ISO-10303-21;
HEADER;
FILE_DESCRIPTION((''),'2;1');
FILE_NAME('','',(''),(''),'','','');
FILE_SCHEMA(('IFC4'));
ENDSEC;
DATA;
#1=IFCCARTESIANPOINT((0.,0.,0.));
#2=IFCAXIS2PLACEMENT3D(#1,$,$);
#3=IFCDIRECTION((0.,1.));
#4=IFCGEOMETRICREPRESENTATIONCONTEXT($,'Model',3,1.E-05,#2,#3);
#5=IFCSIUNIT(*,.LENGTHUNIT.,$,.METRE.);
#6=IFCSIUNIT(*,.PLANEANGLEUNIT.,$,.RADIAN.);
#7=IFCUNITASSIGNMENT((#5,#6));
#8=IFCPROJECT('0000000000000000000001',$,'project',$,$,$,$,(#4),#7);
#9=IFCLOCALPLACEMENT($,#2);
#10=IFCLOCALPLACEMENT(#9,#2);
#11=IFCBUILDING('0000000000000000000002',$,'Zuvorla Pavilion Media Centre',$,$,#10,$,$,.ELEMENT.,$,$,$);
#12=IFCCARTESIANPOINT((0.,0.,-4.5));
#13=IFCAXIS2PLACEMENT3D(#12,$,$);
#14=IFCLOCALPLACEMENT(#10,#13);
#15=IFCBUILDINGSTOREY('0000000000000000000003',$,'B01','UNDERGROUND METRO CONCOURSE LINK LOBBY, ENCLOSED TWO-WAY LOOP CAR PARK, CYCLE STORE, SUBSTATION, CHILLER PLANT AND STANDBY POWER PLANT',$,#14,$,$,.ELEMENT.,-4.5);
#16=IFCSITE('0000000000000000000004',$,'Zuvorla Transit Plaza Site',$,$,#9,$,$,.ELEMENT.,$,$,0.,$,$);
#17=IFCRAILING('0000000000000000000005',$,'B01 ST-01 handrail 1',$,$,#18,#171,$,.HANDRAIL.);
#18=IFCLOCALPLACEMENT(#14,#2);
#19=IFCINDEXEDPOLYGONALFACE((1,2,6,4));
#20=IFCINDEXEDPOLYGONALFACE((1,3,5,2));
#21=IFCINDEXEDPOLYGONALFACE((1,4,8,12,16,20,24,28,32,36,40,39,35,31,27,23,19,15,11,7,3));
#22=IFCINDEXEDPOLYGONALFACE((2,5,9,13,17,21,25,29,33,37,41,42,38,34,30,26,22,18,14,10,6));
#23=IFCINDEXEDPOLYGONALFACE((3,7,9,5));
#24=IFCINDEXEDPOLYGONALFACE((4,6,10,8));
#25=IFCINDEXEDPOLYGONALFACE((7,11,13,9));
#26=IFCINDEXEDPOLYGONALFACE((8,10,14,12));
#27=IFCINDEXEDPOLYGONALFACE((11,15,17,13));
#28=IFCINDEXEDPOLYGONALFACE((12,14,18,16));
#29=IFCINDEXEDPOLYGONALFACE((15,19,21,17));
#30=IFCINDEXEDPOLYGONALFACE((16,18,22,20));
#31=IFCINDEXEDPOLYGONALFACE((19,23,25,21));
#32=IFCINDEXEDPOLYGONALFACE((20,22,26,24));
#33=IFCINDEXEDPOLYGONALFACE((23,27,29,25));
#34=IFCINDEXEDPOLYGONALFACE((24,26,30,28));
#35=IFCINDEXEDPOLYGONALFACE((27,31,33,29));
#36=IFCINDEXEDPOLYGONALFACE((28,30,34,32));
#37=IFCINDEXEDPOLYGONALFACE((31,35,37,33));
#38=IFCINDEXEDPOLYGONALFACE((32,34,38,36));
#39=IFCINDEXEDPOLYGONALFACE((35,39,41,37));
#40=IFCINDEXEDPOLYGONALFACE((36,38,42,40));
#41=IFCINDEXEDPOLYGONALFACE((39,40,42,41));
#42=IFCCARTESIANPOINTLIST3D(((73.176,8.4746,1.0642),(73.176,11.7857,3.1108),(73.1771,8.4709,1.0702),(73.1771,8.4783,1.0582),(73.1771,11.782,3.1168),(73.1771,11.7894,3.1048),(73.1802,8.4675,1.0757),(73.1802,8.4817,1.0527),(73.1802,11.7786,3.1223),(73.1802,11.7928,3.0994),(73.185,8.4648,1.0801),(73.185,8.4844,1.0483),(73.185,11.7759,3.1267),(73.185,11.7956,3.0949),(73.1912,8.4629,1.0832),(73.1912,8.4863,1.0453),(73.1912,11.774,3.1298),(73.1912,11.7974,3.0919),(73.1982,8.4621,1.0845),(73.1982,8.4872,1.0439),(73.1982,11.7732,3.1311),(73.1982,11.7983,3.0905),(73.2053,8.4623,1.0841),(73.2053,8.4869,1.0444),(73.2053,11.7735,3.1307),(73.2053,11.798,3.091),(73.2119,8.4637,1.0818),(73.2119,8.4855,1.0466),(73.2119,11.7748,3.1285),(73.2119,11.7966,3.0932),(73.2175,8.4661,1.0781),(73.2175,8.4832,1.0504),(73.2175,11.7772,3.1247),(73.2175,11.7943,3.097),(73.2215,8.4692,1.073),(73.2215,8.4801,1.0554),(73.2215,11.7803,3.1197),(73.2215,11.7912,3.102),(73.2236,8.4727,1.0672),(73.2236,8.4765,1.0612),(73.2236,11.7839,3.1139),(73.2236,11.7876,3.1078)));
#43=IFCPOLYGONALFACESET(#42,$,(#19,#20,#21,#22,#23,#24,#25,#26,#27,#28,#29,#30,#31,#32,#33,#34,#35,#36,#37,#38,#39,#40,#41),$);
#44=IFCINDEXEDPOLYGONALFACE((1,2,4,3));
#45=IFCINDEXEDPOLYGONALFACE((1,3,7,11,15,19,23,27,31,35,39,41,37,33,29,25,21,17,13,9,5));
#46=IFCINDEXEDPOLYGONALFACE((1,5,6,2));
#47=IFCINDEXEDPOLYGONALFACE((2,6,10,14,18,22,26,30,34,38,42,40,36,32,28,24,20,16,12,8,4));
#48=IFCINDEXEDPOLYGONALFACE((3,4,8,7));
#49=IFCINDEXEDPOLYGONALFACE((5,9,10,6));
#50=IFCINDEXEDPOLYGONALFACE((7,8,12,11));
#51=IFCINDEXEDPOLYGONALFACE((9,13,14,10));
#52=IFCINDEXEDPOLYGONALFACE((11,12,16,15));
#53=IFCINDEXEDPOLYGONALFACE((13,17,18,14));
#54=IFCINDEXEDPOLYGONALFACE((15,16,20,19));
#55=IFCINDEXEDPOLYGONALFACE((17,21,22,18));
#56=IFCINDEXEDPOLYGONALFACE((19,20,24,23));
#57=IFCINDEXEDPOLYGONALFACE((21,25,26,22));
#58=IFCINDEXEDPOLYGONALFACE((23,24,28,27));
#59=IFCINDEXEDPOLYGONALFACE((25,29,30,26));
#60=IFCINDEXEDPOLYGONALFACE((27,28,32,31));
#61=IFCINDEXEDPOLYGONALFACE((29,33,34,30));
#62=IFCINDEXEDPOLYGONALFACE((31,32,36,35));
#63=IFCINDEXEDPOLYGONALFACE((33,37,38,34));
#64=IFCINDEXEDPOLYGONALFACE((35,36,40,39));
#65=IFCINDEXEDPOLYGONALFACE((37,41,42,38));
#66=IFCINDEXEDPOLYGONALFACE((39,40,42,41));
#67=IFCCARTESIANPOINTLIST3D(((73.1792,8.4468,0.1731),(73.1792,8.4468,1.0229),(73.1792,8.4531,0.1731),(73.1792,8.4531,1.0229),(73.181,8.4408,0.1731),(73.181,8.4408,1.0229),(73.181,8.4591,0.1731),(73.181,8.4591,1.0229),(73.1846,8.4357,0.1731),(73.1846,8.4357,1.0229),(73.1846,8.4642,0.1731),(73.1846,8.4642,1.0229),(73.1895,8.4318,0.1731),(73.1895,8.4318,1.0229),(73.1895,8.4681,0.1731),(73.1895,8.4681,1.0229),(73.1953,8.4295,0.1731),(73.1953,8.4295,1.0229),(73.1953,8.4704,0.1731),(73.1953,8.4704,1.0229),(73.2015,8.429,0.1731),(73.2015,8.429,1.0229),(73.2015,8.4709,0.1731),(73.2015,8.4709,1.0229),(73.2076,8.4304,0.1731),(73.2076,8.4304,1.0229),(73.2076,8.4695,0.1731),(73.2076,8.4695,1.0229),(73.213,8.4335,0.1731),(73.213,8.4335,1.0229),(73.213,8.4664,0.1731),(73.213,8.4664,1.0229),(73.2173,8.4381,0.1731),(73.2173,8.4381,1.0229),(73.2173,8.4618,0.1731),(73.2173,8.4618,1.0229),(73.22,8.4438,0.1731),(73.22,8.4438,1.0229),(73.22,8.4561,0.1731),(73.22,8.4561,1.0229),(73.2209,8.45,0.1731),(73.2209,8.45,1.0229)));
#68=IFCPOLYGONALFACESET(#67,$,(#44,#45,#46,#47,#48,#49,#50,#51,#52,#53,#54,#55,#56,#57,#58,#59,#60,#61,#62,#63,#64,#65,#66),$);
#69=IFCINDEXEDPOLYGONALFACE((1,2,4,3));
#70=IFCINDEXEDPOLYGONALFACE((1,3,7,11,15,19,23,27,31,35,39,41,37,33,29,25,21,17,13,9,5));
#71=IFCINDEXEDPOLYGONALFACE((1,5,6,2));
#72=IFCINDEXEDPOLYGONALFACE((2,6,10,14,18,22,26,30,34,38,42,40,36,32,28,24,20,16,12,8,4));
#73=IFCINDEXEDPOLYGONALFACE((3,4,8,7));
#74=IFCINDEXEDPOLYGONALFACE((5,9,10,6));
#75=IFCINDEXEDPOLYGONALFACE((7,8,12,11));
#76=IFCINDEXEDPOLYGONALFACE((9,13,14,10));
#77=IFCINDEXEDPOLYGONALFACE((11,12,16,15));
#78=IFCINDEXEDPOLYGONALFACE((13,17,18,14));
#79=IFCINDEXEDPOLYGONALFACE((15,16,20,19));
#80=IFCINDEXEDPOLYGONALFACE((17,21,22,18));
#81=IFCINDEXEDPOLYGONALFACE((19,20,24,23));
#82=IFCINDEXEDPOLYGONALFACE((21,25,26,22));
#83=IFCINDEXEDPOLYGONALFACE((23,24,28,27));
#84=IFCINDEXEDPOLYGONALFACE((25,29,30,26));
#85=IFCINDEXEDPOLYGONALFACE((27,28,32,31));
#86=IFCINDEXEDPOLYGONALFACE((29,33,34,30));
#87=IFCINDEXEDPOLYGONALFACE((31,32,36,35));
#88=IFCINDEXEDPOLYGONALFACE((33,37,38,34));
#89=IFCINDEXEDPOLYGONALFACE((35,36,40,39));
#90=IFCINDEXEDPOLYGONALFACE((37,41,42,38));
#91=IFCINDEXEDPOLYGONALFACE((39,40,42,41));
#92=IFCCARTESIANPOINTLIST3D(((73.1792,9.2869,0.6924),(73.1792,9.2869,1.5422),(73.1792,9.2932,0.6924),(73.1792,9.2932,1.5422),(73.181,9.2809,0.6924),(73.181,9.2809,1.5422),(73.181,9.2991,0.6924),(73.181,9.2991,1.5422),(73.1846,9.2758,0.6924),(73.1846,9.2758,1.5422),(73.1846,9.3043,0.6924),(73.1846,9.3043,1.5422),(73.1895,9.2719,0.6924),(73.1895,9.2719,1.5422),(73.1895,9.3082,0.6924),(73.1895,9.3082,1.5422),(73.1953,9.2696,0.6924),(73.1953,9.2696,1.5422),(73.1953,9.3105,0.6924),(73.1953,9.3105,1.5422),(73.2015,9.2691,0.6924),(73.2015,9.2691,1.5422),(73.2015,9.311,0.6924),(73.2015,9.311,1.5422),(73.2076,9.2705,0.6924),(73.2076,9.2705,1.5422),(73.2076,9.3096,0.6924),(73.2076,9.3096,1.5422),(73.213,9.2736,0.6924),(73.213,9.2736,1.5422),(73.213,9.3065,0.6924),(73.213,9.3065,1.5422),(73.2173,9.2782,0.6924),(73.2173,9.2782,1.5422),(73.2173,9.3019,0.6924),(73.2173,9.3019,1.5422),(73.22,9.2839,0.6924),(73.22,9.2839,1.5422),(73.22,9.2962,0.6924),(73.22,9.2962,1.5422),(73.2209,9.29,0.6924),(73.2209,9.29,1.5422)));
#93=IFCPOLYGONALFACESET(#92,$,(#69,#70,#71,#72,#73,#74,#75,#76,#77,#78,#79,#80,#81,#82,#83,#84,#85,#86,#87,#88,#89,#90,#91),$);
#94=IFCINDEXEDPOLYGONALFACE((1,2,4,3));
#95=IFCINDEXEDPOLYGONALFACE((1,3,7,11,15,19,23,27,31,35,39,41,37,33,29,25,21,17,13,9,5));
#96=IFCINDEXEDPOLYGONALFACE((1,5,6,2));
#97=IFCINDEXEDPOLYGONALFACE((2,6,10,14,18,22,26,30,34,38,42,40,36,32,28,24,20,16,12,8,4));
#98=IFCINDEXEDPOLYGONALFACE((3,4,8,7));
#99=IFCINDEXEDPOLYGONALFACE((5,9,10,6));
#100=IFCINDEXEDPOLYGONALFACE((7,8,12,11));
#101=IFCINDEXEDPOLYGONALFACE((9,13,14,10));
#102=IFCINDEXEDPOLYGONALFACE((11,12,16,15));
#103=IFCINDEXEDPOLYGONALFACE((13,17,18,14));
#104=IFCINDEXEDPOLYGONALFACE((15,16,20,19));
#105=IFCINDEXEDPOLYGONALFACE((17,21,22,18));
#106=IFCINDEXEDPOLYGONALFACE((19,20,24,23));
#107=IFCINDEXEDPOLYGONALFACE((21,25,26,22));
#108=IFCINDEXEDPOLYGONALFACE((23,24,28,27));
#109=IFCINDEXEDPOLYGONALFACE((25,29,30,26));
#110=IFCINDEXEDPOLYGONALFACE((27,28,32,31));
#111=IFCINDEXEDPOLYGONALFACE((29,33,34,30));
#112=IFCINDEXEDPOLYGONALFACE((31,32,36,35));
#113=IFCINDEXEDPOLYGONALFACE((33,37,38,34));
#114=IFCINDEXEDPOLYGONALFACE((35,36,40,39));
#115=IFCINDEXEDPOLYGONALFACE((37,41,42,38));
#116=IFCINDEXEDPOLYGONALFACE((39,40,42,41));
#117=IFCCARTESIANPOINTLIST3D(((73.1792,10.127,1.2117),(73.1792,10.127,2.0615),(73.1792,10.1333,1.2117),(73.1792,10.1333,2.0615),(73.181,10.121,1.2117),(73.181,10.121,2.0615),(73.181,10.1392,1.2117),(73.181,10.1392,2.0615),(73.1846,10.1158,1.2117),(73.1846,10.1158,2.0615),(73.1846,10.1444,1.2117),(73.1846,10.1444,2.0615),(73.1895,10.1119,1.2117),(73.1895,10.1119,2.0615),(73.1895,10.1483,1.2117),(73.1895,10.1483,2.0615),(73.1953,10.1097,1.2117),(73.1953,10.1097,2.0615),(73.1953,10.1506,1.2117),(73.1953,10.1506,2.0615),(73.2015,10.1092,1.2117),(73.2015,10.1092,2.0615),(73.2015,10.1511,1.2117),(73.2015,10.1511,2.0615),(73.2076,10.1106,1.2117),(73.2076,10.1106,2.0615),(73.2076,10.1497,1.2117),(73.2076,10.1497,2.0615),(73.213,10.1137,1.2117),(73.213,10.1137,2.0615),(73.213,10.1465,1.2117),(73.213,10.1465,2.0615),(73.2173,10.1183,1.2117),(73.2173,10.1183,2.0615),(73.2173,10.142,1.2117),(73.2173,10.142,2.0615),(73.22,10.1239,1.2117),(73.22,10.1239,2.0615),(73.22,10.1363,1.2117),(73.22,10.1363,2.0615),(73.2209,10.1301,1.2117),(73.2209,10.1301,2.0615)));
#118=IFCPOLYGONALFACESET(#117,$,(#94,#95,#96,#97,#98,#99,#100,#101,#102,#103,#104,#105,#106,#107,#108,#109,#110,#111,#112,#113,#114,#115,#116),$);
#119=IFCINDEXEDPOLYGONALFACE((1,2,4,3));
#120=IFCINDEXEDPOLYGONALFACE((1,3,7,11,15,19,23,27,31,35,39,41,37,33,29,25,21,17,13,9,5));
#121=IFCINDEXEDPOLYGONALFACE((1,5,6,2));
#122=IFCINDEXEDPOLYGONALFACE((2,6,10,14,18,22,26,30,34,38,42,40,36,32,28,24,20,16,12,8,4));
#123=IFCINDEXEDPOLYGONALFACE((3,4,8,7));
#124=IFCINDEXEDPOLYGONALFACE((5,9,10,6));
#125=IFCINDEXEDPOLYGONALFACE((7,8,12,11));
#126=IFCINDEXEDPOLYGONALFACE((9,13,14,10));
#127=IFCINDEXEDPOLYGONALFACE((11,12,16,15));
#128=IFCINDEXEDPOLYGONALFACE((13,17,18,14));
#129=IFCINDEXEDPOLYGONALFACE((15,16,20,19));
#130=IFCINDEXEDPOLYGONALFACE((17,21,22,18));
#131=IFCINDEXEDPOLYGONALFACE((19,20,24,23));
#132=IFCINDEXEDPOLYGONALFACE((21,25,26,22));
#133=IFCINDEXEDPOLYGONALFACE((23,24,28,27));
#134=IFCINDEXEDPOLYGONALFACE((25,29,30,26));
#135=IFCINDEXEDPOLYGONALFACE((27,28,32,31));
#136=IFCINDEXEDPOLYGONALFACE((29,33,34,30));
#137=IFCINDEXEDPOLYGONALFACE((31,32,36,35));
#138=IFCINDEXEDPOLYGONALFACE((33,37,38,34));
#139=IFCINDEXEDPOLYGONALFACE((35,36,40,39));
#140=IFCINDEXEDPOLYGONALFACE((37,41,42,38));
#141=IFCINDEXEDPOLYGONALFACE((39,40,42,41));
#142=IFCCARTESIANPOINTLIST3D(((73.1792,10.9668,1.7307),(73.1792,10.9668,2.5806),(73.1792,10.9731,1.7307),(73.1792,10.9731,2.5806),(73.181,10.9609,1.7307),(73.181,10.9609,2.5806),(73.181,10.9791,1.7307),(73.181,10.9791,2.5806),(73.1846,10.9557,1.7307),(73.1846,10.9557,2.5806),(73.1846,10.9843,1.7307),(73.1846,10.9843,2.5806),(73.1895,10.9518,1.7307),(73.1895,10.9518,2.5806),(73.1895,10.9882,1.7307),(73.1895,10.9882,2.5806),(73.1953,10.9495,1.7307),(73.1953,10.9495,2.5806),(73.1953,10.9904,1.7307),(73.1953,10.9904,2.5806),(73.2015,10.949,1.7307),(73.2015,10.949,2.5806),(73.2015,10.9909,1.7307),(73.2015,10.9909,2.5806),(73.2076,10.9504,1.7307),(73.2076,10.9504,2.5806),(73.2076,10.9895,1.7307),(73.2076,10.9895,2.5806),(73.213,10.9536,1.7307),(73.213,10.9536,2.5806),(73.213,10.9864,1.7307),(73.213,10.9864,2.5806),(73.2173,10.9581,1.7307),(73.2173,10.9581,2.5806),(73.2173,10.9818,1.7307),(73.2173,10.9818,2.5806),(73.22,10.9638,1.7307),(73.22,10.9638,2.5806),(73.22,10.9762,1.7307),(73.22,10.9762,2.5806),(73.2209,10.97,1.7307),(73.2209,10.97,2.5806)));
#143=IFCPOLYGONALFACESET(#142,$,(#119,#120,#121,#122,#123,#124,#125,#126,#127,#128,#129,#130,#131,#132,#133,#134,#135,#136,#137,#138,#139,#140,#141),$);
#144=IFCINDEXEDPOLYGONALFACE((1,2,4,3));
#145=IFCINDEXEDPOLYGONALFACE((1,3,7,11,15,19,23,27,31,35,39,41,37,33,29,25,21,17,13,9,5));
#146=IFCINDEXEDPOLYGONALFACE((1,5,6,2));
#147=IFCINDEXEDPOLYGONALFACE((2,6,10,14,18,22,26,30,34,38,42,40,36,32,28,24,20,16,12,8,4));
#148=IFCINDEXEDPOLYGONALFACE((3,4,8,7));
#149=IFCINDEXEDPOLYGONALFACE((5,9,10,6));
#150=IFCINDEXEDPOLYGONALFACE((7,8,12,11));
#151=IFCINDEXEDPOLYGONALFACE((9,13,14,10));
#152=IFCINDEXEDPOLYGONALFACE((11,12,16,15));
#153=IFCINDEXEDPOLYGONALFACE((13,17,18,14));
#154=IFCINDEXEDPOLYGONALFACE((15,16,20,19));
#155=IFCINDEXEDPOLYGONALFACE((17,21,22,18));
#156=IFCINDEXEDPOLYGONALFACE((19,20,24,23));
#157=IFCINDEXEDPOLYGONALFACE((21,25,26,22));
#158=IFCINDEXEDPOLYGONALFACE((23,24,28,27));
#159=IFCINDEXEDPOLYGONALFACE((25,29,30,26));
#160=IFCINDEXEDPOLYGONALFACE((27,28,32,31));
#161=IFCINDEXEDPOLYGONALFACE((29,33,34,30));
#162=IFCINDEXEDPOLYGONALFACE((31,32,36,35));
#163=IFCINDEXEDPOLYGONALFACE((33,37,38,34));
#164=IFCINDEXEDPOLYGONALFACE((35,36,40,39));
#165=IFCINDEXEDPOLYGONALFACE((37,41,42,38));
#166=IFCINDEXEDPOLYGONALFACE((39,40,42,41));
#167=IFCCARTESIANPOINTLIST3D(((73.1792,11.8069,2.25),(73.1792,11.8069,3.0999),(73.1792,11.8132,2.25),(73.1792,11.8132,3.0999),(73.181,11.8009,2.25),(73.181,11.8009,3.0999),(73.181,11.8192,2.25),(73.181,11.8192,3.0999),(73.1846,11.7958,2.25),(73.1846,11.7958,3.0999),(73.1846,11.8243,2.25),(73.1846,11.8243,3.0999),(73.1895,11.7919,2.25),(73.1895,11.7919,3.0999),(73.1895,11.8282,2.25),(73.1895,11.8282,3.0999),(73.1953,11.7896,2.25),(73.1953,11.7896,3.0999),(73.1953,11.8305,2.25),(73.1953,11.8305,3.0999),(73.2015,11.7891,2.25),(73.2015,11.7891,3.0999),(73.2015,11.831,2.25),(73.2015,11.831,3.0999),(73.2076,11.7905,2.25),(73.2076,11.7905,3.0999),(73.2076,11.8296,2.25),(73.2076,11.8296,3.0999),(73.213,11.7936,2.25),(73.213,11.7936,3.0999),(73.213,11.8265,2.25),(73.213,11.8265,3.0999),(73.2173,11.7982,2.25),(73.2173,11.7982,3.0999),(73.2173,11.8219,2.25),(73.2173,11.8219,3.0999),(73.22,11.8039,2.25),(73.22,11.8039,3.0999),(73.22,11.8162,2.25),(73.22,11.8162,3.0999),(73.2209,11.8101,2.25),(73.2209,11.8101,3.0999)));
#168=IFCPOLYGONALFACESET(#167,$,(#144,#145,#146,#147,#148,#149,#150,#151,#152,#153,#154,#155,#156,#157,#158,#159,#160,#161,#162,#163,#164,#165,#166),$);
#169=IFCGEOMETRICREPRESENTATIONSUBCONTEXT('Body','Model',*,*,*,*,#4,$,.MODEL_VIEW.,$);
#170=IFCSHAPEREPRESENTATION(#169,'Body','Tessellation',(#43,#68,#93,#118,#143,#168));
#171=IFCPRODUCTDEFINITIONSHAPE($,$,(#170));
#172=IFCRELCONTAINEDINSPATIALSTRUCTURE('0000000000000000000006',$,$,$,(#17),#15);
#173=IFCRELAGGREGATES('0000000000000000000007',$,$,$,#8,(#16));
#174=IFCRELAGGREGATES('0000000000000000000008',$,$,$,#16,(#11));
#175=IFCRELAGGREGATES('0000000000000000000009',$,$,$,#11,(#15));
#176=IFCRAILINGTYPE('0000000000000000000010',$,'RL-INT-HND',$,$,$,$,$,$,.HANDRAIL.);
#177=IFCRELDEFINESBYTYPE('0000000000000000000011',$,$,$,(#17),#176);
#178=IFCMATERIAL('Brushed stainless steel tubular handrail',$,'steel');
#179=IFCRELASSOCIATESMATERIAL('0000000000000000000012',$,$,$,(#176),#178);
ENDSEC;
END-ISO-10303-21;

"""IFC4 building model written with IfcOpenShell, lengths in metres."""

from ifc_helpers import new_model, si_unit, direction, frame, origin, origin_2d, place, context, subcontext, project, spatial, circle, extrude, material, type_object, element, save


model = new_model("IFC4")

# Units and contexts
model_context = context("Model", 3, precision=1e-05, world=origin(), true_north=direction((0.0, 1.0)))
body_context = subcontext(model_context, "Body", "Model", "MODEL_VIEW")
ifc_project = project(units=[si_unit("LENGTHUNIT", "METRE"), si_unit("PLANEANGLEUNIT", "RADIAN")], contexts=[model_context])

# Site, building, storey
site_placement = place(None, origin())
site = spatial("IfcSite", under=ifc_project, at=site_placement, Name="Zuvorla Transit Plaza Site", CompositionType="ELEMENT", RefElevation=0.0)
building_placement = place(site_placement, origin())
building = spatial("IfcBuilding", under=site, at=building_placement, Name="Zuvorla Pavilion Media Centre", CompositionType="ELEMENT")
storey_placement = place(building_placement, frame((0.0, 0.0, -4.5)))
storey = spatial("IfcBuildingStorey", under=building, at=storey_placement, Name="B01", Description="UNDERGROUND METRO CONCOURSE LINK LOBBY, ENCLOSED TWO-WAY LOOP CAR PARK, CYCLE STORE, SUBSTATION, CHILLER PLANT AND STANDBY POWER PLANT", CompositionType="ELEMENT", Elevation=-4.5)

# Railing
ifc_material_1 = material(Name="Brushed stainless steel tubular handrail", Category="steel")
railing_type_1 = type_object("IfcRailingType", Name="RL-INT-HND", PredefinedType="HANDRAIL", material=ifc_material_1)
railing_1_placement = place(storey_placement, frame((73.2, 8.45, 0.1731)))
element("IfcRailing", 1, at=railing_1_placement, inside=storey, type_object=railing_type_1, Name="B01 ST-01 handrail 1", PredefinedType="HANDRAIL", context=body_context, shape_type="SweptSolid", body=[
    extrude(circle(Radius=0.0239, at=origin_2d()), frame((0.0, 0.0247, 0.8911), z_axis=(0.0, 0.850623, 0.525776), x_axis=(-1.0, 0.0, 0.0)), (0.0, 0.0, 1.0), 3.8926),
    extrude(circle(Radius=0.021, at=origin_2d()), origin(), (0.0, 0.0, 1.0), 0.8499),
    extrude(circle(Radius=0.021, at=origin_2d()), frame((0.0, 0.8401, 0.5193)), (0.0, 0.0, 1.0), 0.8499),
    extrude(circle(Radius=0.021, at=origin_2d()), frame((0.0, 1.6802, 1.0386)), (0.0, 0.0, 1.0), 0.8499),
    extrude(circle(Radius=0.021, at=origin_2d()), frame((0.0, 2.52, 1.5576)), (0.0, 0.0, 1.0), 0.8499),
    extrude(circle(Radius=0.021, at=origin_2d()), frame((0.0, 3.3601, 2.0769)), (0.0, 0.0, 1.0), 0.8499),
])

save(model, "model.ifc")
